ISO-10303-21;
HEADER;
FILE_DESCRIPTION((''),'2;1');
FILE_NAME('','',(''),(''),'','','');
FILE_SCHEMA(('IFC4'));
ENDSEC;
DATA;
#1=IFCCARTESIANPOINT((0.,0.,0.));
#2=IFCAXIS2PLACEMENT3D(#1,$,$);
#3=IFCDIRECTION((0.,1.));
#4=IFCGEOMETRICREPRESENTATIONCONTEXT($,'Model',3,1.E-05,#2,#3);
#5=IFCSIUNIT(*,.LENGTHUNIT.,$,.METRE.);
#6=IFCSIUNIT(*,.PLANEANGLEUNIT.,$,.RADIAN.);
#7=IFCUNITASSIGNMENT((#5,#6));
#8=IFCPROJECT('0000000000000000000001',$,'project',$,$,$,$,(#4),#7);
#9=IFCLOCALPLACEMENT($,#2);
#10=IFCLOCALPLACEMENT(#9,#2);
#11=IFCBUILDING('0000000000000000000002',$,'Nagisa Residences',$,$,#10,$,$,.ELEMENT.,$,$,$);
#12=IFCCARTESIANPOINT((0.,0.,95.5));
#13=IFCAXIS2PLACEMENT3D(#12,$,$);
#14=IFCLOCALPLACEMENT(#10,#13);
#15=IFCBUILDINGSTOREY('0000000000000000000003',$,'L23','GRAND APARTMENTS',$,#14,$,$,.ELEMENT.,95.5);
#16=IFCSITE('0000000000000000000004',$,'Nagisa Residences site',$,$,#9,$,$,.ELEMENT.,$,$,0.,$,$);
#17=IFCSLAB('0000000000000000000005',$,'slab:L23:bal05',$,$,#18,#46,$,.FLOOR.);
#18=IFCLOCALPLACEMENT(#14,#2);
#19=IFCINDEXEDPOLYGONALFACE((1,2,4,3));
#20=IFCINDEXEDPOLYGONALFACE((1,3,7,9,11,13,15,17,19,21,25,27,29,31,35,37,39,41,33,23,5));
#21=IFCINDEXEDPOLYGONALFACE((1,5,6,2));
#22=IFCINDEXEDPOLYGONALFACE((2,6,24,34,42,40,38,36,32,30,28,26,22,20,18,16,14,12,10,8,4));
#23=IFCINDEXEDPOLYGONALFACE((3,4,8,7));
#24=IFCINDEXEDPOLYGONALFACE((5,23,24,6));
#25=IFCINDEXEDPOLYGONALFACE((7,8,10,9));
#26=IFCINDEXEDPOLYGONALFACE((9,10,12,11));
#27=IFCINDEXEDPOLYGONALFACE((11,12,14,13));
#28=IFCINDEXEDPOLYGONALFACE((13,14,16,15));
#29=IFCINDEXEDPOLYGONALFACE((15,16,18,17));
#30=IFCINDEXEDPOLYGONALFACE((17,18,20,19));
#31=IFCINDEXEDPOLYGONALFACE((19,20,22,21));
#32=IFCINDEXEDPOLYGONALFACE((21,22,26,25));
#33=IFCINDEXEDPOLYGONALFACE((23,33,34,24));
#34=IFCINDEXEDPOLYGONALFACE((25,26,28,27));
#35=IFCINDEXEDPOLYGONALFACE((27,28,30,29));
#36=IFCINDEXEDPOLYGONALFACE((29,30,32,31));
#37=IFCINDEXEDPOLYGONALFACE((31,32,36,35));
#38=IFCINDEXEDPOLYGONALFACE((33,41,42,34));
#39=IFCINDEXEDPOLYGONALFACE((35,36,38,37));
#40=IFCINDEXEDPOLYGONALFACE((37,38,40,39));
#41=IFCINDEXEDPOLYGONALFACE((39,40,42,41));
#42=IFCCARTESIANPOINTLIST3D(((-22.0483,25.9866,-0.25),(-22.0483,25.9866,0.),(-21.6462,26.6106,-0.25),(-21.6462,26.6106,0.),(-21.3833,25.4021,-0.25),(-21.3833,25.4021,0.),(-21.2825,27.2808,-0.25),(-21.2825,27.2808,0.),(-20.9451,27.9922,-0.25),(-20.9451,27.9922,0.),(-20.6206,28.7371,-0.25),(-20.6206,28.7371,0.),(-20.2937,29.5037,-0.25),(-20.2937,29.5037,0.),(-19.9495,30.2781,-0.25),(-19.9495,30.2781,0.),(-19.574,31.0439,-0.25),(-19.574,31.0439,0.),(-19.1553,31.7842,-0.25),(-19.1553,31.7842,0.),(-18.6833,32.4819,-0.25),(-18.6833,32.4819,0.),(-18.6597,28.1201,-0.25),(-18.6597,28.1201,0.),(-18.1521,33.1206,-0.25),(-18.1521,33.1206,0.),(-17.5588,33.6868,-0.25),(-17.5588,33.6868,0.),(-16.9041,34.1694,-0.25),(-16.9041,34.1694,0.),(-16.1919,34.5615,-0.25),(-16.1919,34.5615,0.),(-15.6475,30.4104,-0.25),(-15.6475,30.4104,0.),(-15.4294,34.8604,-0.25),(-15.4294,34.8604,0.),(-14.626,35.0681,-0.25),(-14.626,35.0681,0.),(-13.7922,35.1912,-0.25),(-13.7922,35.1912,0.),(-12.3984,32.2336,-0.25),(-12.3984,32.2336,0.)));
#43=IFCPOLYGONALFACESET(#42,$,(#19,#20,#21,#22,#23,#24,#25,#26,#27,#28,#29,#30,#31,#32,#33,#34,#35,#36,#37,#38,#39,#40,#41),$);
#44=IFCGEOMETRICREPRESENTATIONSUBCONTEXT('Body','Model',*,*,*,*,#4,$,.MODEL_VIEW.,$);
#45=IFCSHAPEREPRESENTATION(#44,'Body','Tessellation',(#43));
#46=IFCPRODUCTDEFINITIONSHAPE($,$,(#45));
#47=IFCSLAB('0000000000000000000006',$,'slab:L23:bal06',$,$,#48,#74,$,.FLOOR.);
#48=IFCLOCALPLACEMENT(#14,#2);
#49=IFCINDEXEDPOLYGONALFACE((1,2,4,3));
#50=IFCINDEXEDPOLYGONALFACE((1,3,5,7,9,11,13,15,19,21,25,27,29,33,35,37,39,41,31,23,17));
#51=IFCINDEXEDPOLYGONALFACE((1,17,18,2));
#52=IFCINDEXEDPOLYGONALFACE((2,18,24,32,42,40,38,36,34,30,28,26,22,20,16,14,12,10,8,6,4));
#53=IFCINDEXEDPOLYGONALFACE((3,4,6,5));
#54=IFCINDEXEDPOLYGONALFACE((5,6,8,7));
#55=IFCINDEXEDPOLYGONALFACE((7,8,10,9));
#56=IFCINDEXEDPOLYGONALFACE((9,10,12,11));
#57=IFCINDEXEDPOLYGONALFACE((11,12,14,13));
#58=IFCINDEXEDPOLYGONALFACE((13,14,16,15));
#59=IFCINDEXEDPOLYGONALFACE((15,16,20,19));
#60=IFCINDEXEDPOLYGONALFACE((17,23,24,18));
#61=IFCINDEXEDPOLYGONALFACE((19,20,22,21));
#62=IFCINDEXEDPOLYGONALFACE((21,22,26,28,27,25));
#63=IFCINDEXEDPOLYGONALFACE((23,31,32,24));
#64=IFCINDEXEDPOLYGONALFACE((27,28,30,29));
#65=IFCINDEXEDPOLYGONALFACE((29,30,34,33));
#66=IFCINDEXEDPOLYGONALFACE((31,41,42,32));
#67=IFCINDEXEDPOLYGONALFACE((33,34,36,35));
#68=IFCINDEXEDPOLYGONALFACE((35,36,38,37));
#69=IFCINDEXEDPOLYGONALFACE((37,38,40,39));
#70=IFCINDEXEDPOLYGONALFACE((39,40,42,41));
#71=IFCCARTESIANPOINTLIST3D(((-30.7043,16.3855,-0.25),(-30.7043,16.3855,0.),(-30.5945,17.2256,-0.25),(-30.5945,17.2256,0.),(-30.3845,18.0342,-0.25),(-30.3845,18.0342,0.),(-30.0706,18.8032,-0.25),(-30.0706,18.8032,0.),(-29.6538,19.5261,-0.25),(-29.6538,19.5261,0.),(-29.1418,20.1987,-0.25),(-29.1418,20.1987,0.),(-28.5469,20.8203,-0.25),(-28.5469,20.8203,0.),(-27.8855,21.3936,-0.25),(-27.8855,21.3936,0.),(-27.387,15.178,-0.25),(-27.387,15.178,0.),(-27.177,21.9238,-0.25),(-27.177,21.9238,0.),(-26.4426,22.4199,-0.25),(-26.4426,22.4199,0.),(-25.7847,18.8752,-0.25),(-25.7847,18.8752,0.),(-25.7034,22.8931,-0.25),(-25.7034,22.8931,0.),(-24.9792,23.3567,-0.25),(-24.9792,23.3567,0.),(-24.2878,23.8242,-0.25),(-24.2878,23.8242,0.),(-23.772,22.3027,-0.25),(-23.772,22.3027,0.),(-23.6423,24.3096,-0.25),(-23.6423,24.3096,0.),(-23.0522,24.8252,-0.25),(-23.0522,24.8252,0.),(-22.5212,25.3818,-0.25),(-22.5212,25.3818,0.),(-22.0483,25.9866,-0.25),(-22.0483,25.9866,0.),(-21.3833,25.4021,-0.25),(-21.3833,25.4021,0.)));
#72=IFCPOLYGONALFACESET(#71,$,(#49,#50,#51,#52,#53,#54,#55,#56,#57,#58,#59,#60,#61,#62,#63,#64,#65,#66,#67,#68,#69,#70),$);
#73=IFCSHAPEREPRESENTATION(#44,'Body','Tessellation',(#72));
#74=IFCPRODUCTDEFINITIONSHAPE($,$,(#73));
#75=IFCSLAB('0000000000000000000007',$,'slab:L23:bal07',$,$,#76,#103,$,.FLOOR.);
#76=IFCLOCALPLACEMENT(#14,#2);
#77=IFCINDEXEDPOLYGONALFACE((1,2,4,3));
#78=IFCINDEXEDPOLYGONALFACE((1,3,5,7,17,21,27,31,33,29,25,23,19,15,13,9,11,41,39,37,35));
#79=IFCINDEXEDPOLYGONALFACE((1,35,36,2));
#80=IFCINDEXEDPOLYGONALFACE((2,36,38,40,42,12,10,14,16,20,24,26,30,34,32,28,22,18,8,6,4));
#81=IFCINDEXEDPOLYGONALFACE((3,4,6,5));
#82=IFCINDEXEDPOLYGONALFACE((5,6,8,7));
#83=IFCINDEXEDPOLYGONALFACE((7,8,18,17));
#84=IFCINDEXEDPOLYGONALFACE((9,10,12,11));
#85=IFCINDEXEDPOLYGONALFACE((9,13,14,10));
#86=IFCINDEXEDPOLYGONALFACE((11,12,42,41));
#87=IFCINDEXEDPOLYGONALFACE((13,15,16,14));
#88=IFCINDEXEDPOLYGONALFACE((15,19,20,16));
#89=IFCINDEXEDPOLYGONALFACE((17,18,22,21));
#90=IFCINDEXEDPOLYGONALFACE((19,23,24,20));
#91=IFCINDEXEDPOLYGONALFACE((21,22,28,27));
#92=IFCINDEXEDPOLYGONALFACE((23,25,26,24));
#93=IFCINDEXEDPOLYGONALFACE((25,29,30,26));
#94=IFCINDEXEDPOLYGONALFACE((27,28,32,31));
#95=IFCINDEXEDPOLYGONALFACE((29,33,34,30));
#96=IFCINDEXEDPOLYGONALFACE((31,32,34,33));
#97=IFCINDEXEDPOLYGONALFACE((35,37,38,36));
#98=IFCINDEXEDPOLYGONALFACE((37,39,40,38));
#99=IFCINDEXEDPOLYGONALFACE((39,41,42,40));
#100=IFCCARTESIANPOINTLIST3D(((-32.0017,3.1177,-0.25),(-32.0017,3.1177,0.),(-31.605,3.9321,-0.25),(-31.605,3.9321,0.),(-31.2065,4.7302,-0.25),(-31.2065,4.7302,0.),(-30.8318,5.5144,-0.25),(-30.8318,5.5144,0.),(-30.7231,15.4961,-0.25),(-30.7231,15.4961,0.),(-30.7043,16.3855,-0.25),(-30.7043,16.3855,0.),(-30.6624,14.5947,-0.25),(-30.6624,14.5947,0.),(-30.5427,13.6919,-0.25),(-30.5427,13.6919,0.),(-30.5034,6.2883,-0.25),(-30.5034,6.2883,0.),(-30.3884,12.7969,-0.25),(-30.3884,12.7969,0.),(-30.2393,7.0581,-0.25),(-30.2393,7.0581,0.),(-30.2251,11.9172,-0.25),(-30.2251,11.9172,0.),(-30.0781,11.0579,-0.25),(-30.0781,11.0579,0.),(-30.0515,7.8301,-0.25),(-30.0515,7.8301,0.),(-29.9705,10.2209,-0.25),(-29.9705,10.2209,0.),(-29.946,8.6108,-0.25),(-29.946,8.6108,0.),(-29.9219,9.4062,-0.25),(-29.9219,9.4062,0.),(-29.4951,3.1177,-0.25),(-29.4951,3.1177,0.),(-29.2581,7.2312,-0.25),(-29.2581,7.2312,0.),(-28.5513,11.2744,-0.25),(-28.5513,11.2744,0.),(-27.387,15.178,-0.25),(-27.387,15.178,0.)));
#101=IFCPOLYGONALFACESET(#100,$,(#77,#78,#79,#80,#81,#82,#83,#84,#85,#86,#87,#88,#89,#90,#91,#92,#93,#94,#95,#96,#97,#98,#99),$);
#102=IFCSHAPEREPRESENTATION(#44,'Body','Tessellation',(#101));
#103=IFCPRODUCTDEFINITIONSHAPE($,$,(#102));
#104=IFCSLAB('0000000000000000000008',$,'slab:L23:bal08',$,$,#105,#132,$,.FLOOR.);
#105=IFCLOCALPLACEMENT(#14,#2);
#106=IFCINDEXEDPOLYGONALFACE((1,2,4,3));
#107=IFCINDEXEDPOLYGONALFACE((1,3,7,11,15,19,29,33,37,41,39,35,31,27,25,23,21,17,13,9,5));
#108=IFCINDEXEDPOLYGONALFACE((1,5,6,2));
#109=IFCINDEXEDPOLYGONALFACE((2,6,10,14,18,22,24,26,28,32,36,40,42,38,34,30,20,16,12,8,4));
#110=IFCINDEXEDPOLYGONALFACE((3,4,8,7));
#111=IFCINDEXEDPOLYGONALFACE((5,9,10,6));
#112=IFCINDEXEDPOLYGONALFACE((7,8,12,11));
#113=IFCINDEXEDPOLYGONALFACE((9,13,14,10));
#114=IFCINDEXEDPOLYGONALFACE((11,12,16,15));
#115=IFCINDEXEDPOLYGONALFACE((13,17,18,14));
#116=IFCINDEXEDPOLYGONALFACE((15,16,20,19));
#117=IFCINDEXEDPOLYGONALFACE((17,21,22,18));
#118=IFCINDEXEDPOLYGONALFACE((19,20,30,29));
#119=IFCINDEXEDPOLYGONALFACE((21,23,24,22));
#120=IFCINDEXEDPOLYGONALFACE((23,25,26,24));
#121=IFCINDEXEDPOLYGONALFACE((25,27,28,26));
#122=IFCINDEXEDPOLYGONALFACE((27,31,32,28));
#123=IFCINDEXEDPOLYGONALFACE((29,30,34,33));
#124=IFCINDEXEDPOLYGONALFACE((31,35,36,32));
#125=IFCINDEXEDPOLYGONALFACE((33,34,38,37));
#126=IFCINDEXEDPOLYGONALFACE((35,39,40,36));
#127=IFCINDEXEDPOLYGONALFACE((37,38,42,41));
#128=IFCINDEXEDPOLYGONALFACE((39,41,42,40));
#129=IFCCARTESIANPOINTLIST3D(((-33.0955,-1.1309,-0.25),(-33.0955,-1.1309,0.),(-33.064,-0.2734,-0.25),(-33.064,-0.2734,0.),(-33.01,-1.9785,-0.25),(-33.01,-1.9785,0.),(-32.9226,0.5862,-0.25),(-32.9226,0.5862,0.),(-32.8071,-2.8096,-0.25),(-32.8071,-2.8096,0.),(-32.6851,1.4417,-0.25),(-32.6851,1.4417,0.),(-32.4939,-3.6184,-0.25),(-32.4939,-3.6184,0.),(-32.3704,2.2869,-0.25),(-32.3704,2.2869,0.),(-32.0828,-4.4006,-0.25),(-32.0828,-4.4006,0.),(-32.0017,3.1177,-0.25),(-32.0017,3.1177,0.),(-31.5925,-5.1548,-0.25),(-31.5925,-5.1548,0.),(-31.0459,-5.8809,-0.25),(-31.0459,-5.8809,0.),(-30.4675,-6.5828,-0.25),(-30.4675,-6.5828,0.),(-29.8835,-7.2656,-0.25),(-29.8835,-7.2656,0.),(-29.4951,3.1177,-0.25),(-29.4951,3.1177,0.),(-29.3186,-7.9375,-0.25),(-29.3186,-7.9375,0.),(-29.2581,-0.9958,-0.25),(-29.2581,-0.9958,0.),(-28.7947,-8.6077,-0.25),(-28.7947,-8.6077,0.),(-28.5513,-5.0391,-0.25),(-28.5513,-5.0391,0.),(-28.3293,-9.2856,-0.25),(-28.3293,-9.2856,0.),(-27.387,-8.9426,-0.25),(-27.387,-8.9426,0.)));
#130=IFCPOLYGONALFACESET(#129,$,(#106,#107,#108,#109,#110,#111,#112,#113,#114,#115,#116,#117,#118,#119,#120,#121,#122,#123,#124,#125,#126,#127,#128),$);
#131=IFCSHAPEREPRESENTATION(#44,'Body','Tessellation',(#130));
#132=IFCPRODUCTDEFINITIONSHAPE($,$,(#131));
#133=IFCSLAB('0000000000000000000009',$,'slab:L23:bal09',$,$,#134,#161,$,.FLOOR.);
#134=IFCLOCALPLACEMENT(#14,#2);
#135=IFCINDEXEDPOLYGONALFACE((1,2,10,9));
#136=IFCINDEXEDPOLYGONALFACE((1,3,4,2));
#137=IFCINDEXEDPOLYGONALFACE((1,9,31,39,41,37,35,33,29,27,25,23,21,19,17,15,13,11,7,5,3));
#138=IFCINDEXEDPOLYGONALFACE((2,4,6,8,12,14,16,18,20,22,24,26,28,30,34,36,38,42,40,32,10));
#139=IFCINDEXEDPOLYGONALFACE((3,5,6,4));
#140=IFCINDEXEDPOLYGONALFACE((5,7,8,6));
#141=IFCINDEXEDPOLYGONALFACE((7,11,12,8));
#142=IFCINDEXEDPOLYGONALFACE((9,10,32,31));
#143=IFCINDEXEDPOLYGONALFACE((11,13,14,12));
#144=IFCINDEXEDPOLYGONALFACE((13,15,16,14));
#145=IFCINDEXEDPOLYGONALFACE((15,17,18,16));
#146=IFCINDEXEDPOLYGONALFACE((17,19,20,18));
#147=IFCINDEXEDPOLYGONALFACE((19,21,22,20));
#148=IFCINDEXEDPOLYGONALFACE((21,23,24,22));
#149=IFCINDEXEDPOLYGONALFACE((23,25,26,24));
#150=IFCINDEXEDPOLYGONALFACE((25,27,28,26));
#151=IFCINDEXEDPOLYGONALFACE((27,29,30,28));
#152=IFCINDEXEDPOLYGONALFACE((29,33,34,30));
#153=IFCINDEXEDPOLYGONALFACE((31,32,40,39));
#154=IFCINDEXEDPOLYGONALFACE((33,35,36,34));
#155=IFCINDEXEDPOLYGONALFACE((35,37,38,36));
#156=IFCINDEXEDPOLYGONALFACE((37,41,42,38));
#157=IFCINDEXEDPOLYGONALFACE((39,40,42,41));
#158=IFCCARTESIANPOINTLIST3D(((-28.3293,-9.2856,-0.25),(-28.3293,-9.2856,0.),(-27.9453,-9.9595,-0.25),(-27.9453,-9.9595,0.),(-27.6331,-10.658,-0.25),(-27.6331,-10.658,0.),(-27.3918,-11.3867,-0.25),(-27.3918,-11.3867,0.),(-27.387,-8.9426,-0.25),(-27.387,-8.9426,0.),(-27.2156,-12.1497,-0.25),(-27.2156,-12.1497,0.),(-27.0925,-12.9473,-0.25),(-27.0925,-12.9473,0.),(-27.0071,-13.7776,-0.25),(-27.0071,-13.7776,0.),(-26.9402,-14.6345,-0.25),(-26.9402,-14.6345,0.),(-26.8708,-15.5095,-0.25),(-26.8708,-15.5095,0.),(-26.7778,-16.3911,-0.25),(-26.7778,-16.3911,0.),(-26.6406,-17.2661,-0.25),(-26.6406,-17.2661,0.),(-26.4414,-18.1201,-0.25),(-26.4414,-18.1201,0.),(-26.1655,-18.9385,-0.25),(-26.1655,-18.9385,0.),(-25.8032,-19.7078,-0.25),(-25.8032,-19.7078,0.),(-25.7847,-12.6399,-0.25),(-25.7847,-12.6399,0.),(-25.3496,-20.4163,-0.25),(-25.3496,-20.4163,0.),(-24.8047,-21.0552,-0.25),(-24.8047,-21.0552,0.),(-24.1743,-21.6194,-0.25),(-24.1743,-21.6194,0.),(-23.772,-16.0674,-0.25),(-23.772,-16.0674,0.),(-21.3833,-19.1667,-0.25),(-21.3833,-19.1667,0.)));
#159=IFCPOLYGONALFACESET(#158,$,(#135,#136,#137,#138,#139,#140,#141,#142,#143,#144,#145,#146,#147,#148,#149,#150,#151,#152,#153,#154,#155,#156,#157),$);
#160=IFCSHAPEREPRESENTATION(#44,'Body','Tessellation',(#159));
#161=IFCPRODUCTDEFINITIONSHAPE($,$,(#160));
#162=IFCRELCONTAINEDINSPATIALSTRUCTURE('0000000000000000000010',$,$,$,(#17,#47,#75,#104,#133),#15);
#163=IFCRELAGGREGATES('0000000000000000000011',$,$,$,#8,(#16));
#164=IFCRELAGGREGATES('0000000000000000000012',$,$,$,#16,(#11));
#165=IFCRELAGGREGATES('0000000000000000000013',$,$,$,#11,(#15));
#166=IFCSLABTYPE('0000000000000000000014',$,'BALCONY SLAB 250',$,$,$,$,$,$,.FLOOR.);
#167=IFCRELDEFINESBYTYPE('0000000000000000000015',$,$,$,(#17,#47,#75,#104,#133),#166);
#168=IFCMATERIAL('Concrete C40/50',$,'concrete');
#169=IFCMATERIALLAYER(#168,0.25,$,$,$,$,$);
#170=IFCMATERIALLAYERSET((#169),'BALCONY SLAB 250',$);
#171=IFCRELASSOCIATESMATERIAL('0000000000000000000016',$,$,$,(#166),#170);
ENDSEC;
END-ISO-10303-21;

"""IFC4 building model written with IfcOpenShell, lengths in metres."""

from ifc_helpers import new_model, si_unit, direction, frame, origin, place, context, subcontext, project, spatial, polyline, outline, extrude, material, layer, layer_set, type_object, element, save


model = new_model("IFC4")

# Units and contexts
model_context = context("Model", 3, precision=1e-05, world=origin(), true_north=direction((0.0, 1.0)))
body_context = subcontext(model_context, "Body", "Model", "MODEL_VIEW")
ifc_project = project(units=[si_unit("LENGTHUNIT", "METRE"), si_unit("PLANEANGLEUNIT", "RADIAN")], contexts=[model_context])

# Site, building, storey
site_placement = place(None, origin())
site = spatial("IfcSite", under=ifc_project, at=site_placement, Name="Nagisa Residences site", CompositionType="ELEMENT", RefElevation=0.0)
building_placement = place(site_placement, origin())
building = spatial("IfcBuilding", under=site, at=building_placement, Name="Nagisa Residences", CompositionType="ELEMENT")
storey_placement = place(building_placement, frame((0.0, 0.0, 95.5)))
storey = spatial("IfcBuildingStorey", under=building, at=storey_placement, Name="L23", Description="GRAND APARTMENTS", CompositionType="ELEMENT", Elevation=95.5)

# Slabs
ifc_material_1 = material(Name="Concrete C40/50", Category="concrete")
ifc_layer_1 = layer(ifc_material_1, 0.25)
ifc_layer_set_1 = layer_set([ifc_layer_1], Name="BALCONY SLAB 250")
slab_type_1 = type_object("IfcSlabType", Name="BALCONY SLAB 250", PredefinedType="FLOOR", material=ifc_layer_set_1)
slab_1_placement = place(storey_placement, frame((0.0, 0.0, -0.25)))
element("IfcSlab", 1, at=slab_1_placement, inside=storey, type_object=slab_type_1, Name="slab:L23:bal05", PredefinedType="FLOOR", context=body_context, shape_type="SweptSolid", body=[
    extrude(outline(polyline([(-13.7922, 35.1912), (-14.626, 35.0681), (-15.4294, 34.8604), (-16.1919, 34.5615), (-16.9041, 34.1694), (-17.5588, 33.6868), (-18.1521, 33.1206), (-18.6833, 32.4819), (-19.1553, 31.7842), (-19.574, 31.0439), (-19.9495, 30.2781), (-20.2937, 29.5037), (-20.6206, 28.7371), (-20.9451, 27.9922), (-21.2825, 27.2808), (-21.6462, 26.6106), (-22.0483, 25.9866), (-21.3833, 25.4021), (-18.6597, 28.1201), (-15.6475, 30.4104), (-12.3984, 32.2336), (-13.7922, 35.1912)])), origin(), (0.0, 0.0, 1.0), 0.25),
])
slab_2_placement = place(storey_placement, frame((0.0, 0.0, -0.25)))
element("IfcSlab", 2, at=slab_2_placement, inside=storey, type_object=slab_type_1, Name="slab:L23:bal06", PredefinedType="FLOOR", context=body_context, shape_type="SweptSolid", body=[
    extrude(outline(polyline([(-22.0483, 25.9866), (-22.5212, 25.3818), (-23.0522, 24.8252), (-23.6423, 24.3096), (-24.2878, 23.8242), (-24.9792, 23.3567), (-25.7034, 22.8931), (-26.4426, 22.4199), (-27.177, 21.9238), (-27.8855, 21.3936), (-28.5469, 20.8203), (-29.1418, 20.1987), (-29.6538, 19.5261), (-30.0706, 18.8032), (-30.3845, 18.0342), (-30.5945, 17.2256), (-30.7043, 16.3855), (-27.387, 15.178), (-25.7847, 18.8752), (-23.772, 22.3027), (-21.3833, 25.4021), (-22.0483, 25.9866)])), origin(), (0.0, 0.0, 1.0), 0.25),
])
slab_3_placement = place(storey_placement, frame((0.0, 0.0, -0.25)))
element("IfcSlab", 3, at=slab_3_placement, inside=storey, type_object=slab_type_1, Name="slab:L23:bal07", PredefinedType="FLOOR", context=body_context, shape_type="SweptSolid", body=[
    extrude(outline(polyline([(-30.7043, 16.3855), (-30.7231, 15.4961), (-30.6624, 14.5947), (-30.5427, 13.6919), (-30.3884, 12.7969), (-30.2251, 11.9172), (-30.0781, 11.0579), (-29.9705, 10.2209), (-29.9219, 9.4062), (-29.946, 8.6108), (-30.0515, 7.8301), (-30.2393, 7.0581), (-30.5034, 6.2883), (-30.8318, 5.5144), (-31.2065, 4.7302), (-31.605, 3.9321), (-32.0017, 3.1177), (-29.4951, 3.1177), (-29.2581, 7.2312), (-28.5513, 11.2744), (-27.387, 15.178), (-30.7043, 16.3855)])), origin(), (0.0, 0.0, 1.0), 0.25),
])
slab_4_placement = place(storey_placement, frame((0.0, 0.0, -0.25)))
element("IfcSlab", 4, at=slab_4_placement, inside=storey, type_object=slab_type_1, Name="slab:L23:bal08", PredefinedType="FLOOR", context=body_context, shape_type="SweptSolid", body=[
    extrude(outline(polyline([(-32.0017, 3.1177), (-32.3704, 2.2869), (-32.6851, 1.4417), (-32.9226, 0.5862), (-33.064, -0.2734), (-33.0955, -1.1309), (-33.01, -1.9785), (-32.8071, -2.8096), (-32.4939, -3.6184), (-32.0828, -4.4006), (-31.5925, -5.1548), (-31.0459, -5.8809), (-30.4675, -6.5828), (-29.8835, -7.2656), (-29.3186, -7.9375), (-28.7947, -8.6077), (-28.3293, -9.2856), (-27.387, -8.9426), (-28.5513, -5.0391), (-29.2581, -0.9958), (-29.4951, 3.1177), (-32.0017, 3.1177)])), origin(), (0.0, 0.0, 1.0), 0.25),
])
slab_5_placement = place(storey_placement, frame((0.0, 0.0, -0.25)))
element("IfcSlab", 5, at=slab_5_placement, inside=storey, type_object=slab_type_1, Name="slab:L23:bal09", PredefinedType="FLOOR", context=body_context, shape_type="SweptSolid", body=[
    extrude(outline(polyline([(-28.3293, -9.2856), (-27.9453, -9.9595), (-27.6331, -10.658), (-27.3918, -11.3867), (-27.2156, -12.1497), (-27.0925, -12.9473), (-27.0071, -13.7776), (-26.9402, -14.6345), (-26.8708, -15.5095), (-26.7778, -16.3911), (-26.6406, -17.2661), (-26.4414, -18.1201), (-26.1655, -18.9385), (-25.8032, -19.7078), (-25.3496, -20.4163), (-24.8047, -21.0552), (-24.1743, -21.6194), (-21.3833, -19.1667), (-23.772, -16.0674), (-25.7847, -12.6399), (-27.387, -8.9426), (-28.3293, -9.2856)])), origin(), (0.0, 0.0, 1.0), 0.25),
])

save(model, "model.ifc")
